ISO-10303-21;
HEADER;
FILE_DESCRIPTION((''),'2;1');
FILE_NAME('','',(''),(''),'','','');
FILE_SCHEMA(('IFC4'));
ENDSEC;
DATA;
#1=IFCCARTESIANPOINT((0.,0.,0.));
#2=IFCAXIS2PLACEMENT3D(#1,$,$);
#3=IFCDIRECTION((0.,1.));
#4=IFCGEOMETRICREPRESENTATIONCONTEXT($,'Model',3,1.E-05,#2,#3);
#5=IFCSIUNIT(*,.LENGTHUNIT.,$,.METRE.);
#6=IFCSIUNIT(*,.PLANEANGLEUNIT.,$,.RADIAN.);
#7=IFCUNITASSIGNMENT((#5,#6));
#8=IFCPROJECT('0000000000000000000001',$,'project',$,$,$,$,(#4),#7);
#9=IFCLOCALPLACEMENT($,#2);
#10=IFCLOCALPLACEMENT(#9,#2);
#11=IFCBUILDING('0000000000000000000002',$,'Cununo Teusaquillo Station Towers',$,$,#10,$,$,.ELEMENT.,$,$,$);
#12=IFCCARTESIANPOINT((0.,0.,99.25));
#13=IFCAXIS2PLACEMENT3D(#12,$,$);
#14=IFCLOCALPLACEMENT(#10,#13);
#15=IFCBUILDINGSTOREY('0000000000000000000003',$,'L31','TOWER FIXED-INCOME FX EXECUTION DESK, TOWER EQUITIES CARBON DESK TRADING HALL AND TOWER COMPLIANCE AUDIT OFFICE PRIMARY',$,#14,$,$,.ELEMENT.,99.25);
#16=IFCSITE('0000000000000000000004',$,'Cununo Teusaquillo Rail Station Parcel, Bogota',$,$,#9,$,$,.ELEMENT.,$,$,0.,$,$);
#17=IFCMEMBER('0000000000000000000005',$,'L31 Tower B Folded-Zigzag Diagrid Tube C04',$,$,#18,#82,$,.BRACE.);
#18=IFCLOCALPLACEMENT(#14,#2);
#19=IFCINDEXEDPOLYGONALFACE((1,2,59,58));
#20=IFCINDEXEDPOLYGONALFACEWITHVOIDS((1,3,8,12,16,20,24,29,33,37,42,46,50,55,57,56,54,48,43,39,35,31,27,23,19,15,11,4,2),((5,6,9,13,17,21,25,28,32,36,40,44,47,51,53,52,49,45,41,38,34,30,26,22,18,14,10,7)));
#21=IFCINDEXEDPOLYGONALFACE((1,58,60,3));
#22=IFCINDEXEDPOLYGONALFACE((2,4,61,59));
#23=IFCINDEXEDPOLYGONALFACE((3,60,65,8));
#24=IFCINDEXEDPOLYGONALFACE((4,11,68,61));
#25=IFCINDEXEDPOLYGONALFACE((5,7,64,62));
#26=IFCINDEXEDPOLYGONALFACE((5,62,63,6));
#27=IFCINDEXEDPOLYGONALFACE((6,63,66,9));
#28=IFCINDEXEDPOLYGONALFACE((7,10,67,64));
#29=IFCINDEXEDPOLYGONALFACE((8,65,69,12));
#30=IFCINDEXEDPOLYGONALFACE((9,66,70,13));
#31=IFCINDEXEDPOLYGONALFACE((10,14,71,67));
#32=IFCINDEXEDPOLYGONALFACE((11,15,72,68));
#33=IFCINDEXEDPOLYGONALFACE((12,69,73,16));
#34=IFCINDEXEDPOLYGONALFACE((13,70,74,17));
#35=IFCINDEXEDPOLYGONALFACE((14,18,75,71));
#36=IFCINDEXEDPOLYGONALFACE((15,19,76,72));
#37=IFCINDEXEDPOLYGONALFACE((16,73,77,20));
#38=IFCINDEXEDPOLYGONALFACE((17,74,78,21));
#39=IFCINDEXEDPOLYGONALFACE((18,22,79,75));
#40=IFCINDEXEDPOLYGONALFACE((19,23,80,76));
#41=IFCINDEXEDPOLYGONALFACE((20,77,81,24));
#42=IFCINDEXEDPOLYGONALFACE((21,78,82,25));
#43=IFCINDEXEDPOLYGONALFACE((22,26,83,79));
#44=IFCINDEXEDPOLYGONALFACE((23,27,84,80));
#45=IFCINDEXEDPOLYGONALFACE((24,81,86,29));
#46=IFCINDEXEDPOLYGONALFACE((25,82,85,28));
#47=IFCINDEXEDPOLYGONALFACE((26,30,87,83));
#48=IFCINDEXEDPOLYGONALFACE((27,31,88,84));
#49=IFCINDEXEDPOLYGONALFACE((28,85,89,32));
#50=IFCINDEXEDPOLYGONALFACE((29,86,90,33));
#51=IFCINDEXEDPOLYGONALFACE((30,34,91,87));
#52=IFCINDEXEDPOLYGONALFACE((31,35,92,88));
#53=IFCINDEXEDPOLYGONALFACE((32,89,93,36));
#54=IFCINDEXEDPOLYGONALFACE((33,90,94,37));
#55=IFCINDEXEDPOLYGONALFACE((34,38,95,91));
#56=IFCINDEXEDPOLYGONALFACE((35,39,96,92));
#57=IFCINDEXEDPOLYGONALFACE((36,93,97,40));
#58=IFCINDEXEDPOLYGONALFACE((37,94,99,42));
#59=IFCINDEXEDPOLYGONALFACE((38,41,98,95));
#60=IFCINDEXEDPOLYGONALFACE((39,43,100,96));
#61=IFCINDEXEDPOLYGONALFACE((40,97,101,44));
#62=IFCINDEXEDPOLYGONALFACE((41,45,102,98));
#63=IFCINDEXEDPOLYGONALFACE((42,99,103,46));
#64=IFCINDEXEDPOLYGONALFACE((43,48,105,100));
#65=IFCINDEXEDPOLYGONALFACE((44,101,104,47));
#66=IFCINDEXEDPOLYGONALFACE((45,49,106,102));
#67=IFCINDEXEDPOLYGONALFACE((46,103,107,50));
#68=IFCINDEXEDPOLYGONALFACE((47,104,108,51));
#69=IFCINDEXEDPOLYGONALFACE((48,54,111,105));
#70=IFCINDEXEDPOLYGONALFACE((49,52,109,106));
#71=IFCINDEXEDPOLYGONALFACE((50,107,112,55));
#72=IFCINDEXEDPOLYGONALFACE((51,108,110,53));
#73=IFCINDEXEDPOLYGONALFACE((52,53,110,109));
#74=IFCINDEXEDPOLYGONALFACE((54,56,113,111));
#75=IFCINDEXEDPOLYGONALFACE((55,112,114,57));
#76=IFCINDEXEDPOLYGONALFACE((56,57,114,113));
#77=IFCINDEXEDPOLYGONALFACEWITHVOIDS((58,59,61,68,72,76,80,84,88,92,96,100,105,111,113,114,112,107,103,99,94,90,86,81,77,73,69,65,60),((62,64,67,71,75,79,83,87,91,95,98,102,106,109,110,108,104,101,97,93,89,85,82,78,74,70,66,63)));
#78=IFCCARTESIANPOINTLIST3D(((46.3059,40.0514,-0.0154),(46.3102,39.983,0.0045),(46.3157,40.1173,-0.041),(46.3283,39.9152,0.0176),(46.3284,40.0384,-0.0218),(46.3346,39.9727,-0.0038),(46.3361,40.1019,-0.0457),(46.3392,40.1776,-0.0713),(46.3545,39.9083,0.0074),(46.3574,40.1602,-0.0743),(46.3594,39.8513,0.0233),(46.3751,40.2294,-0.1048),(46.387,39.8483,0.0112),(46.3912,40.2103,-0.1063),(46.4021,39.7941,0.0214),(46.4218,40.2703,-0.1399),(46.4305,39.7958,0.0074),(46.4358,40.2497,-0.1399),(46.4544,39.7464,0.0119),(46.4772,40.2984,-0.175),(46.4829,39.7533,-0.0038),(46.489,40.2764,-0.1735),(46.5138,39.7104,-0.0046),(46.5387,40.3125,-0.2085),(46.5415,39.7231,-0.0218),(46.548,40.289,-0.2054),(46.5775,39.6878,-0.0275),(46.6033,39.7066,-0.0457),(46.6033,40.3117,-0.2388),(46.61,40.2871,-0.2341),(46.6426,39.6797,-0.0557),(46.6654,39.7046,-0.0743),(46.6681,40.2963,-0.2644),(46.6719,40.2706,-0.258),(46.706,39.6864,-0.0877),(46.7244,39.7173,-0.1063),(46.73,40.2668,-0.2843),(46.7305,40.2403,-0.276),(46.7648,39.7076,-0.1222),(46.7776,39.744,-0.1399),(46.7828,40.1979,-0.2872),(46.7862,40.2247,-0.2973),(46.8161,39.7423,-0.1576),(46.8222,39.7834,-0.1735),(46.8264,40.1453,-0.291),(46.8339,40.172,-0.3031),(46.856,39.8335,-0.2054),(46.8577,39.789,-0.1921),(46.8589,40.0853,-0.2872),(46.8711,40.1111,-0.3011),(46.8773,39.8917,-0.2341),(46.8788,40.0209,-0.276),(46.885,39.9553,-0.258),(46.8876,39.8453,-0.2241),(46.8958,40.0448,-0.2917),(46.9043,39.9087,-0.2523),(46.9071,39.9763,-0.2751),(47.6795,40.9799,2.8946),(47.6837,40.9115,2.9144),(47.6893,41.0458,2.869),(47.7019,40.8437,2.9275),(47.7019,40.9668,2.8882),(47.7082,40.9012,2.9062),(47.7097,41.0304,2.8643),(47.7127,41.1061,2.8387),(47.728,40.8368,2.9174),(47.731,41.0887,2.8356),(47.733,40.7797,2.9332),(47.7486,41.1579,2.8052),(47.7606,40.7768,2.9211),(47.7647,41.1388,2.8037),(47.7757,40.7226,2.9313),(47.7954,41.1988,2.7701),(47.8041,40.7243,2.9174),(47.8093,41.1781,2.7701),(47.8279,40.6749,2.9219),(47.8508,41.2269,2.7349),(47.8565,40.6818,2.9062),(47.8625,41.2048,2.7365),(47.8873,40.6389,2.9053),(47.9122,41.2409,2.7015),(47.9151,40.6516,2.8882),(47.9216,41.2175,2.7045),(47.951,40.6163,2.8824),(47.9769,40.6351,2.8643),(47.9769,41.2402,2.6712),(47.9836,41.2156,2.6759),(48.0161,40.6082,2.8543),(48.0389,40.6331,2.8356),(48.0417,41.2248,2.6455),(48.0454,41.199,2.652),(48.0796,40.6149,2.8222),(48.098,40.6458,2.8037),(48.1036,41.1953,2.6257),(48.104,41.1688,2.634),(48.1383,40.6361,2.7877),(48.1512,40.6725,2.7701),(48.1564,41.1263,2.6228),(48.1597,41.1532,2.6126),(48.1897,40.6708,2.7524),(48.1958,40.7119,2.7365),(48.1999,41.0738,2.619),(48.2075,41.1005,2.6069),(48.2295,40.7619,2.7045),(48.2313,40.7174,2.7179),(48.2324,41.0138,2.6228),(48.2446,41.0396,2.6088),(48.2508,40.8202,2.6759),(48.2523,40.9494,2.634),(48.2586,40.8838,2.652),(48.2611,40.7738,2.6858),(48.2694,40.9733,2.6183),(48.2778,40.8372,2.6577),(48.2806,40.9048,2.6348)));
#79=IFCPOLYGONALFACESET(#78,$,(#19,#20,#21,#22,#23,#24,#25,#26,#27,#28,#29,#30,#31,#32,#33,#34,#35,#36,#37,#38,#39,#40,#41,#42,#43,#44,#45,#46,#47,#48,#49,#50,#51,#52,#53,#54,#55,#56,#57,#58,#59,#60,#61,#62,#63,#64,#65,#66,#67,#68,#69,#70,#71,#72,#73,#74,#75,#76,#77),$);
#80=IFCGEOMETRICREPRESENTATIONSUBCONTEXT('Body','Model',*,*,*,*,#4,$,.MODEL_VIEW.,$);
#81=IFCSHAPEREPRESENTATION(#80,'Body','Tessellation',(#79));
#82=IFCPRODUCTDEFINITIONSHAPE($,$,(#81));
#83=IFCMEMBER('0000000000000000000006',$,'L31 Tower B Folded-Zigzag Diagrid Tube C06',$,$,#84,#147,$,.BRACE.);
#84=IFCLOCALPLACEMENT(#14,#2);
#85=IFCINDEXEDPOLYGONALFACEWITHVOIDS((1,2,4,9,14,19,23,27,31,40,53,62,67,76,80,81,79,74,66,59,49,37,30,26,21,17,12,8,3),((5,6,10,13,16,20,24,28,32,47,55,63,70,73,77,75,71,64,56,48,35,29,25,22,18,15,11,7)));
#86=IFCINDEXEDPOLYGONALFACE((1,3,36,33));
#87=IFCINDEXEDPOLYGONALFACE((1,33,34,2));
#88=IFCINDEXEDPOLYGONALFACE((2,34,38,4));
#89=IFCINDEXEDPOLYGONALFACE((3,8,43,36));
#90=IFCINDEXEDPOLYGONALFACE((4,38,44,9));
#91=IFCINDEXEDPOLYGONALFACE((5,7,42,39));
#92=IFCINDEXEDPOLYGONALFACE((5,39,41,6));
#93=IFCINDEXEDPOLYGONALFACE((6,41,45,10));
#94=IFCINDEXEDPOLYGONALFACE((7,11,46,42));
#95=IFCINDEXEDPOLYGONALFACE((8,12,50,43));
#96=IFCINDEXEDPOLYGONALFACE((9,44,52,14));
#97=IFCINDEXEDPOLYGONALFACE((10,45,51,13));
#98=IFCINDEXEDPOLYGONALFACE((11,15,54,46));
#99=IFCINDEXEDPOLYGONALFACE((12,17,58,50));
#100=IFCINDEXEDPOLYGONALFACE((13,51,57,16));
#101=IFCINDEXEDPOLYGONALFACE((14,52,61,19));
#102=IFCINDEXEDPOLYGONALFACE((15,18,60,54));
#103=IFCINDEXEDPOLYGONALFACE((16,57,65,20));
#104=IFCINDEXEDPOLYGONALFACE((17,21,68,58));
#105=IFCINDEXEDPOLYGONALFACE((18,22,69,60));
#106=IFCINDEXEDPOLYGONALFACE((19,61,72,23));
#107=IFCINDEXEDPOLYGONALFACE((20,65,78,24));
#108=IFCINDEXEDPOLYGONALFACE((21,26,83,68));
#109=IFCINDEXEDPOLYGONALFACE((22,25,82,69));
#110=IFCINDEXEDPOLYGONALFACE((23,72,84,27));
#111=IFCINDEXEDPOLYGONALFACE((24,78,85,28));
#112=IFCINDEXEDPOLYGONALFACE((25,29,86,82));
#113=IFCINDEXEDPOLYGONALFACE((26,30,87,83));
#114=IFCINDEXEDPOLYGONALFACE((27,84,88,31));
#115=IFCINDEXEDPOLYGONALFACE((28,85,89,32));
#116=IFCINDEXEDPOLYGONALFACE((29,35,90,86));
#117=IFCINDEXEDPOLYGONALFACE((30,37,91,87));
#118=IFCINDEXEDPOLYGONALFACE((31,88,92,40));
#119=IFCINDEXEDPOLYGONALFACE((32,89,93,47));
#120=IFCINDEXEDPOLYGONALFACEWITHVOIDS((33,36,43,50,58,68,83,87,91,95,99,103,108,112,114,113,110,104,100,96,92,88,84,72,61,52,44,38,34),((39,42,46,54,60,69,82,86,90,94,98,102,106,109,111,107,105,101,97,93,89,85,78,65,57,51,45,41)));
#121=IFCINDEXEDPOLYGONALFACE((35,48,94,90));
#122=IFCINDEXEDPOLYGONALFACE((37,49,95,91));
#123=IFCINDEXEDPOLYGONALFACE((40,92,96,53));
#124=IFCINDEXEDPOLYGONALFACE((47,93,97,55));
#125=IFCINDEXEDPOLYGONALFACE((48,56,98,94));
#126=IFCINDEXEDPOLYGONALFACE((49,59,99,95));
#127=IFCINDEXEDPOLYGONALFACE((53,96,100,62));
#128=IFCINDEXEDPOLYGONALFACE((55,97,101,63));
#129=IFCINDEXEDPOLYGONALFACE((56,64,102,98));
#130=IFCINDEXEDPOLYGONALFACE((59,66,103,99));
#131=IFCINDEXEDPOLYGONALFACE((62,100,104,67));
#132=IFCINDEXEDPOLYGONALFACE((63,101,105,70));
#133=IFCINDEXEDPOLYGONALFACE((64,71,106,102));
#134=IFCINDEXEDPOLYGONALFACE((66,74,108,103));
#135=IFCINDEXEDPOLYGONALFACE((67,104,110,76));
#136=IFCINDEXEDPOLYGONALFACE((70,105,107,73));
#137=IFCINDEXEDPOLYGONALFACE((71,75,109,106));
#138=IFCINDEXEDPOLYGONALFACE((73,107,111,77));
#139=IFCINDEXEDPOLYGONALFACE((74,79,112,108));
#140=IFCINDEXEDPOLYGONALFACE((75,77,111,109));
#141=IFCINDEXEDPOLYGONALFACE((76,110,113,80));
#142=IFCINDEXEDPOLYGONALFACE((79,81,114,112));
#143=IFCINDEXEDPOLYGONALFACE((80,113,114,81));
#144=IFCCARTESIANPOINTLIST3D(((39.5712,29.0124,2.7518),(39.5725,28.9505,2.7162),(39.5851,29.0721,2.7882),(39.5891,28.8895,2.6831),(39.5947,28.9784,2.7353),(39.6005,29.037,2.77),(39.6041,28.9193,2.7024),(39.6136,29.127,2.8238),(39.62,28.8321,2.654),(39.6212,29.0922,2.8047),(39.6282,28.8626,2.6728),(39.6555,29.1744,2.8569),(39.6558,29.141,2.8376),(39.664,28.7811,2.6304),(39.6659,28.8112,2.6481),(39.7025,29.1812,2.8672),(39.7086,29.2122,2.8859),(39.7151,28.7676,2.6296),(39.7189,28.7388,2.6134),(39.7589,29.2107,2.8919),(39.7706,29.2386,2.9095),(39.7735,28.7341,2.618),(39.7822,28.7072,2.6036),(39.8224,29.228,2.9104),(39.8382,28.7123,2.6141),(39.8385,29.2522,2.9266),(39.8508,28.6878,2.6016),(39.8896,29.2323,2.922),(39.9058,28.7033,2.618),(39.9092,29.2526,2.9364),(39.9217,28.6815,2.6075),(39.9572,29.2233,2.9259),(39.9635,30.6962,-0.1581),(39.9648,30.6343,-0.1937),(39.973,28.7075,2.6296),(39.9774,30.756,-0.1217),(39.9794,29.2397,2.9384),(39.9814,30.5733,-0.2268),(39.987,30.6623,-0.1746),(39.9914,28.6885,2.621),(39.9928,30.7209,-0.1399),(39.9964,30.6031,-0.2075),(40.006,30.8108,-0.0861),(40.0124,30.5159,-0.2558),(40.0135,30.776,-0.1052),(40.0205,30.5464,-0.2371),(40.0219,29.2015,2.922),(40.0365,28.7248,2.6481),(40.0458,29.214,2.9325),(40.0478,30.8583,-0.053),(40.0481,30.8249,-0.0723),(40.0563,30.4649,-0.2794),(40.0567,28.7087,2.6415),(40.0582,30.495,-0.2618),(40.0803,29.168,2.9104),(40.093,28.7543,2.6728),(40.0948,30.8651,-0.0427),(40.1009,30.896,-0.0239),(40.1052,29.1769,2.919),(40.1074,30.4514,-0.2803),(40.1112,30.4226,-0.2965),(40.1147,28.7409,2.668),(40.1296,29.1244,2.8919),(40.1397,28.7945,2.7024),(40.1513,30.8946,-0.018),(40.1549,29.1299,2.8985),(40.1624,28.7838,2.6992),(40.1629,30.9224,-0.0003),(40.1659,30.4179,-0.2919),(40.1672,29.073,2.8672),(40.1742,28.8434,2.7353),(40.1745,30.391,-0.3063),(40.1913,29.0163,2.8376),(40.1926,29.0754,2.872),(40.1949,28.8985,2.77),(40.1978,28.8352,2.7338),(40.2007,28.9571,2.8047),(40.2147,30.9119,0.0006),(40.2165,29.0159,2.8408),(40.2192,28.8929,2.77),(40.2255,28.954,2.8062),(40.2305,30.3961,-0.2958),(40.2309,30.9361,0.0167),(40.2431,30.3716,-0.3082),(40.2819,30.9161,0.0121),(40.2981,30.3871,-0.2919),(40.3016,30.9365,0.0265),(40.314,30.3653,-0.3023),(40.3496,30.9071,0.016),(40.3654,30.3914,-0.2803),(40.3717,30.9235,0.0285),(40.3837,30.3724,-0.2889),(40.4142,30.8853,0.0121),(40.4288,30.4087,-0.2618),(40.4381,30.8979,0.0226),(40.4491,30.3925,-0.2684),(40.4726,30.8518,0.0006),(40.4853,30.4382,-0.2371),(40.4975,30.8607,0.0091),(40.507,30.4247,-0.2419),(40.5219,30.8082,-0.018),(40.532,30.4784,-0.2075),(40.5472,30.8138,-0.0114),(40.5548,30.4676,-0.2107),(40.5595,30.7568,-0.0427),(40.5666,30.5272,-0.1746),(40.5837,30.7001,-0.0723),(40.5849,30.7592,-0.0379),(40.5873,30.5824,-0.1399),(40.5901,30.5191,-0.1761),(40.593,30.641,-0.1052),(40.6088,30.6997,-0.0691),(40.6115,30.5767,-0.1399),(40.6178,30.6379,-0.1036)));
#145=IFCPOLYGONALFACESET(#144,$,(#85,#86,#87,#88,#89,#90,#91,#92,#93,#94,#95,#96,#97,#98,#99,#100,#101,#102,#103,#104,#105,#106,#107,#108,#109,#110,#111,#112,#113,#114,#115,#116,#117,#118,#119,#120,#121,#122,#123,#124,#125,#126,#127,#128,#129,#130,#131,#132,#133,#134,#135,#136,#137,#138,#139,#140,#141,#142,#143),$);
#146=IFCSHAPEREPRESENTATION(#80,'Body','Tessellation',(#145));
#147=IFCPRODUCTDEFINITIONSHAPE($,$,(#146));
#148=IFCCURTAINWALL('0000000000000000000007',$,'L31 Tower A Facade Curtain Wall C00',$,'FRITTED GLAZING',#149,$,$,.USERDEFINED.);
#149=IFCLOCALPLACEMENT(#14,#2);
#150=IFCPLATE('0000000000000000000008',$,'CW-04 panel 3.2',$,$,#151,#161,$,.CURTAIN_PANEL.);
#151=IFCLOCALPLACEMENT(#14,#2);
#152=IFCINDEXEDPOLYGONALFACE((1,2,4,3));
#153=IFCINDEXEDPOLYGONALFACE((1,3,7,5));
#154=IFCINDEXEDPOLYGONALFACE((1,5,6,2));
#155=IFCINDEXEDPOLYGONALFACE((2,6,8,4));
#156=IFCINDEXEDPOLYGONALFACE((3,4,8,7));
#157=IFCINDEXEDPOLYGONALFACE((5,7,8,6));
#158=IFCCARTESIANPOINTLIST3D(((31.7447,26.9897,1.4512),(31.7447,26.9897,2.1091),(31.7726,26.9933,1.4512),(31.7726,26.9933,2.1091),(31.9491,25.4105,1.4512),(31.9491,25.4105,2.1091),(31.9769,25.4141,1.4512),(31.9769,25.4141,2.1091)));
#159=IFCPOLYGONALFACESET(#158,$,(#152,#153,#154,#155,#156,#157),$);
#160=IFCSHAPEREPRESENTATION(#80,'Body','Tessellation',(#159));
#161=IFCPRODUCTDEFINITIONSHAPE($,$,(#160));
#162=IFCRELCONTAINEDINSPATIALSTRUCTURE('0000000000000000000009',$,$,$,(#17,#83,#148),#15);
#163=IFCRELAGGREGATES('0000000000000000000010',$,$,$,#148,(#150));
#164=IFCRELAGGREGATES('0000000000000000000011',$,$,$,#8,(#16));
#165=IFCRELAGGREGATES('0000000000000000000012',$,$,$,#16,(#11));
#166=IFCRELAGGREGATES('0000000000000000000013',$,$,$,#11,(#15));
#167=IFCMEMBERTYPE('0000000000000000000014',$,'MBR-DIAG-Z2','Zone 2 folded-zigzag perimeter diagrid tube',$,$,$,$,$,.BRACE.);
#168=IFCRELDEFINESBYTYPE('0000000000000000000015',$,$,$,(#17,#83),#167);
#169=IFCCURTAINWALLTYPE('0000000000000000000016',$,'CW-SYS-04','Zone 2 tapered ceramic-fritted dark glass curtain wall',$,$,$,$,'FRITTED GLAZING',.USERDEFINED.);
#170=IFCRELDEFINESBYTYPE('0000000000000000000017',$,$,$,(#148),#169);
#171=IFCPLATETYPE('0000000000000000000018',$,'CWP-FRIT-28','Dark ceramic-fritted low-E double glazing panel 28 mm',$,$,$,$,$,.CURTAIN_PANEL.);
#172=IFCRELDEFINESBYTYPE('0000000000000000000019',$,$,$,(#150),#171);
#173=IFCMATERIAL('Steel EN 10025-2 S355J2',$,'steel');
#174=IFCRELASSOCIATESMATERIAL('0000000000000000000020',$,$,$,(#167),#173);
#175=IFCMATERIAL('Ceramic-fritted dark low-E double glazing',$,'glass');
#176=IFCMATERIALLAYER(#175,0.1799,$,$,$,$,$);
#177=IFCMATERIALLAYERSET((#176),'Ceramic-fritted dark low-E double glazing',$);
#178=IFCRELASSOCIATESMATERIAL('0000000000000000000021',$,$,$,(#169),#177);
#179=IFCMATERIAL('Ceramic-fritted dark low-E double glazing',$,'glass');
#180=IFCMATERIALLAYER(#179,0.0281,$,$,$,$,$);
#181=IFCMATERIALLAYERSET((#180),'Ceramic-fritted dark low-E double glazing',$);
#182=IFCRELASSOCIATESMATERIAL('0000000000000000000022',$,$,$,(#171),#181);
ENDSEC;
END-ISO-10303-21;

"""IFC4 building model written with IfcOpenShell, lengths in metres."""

from ifc_helpers import new_model, si_unit, direction, frame, origin, origin_2d, place, context, subcontext, project, spatial, rectangle, hollow_circle, extrude, source, transform, mapped, material, layer, layer_set, material_profile, profile_set, type_object, element, aggregate, save


model = new_model("IFC4")

# Units and contexts
model_context = context("Model", 3, precision=1e-05, world=origin(), true_north=direction((0.0, 1.0)))
body_context = subcontext(model_context, "Body", "Model", "MODEL_VIEW")
ifc_project = project(units=[si_unit("LENGTHUNIT", "METRE"), si_unit("PLANEANGLEUNIT", "RADIAN")], contexts=[model_context])

# Site, building, storey
site_placement = place(None, origin())
site = spatial("IfcSite", under=ifc_project, at=site_placement, Name="Cununo Teusaquillo Rail Station Parcel, Bogota", CompositionType="ELEMENT", RefElevation=0.0)
building_placement = place(site_placement, origin())
building = spatial("IfcBuilding", under=site, at=building_placement, Name="Cununo Teusaquillo Station Towers", CompositionType="ELEMENT")
storey_placement = place(building_placement, frame((0.0, 0.0, 99.25)))
storey = spatial("IfcBuildingStorey", under=building, at=storey_placement, Name="L31", Description="TOWER FIXED-INCOME FX EXECUTION DESK, TOWER EQUITIES CARBON DESK TRADING HALL AND TOWER COMPLIANCE AUDIT OFFICE PRIMARY", CompositionType="ELEMENT", Elevation=99.25)

# Members
ifc_material_1 = material(Name="Steel EN 10025-2 S355J2", Category="steel")
ifc_material_profile_1 = material_profile(ifc_material_1, hollow_circle(Radius=0.3301, WallThickness=0.0249, at=origin_2d()), Name="CHS 660x25")
ifc_profile_set_1 = profile_set([ifc_material_profile_1], Name="Steel EN 10025-2 S355J2")
member_type = type_object("IfcMemberType", Name="MBR-DIAG-Z2", Description="Zone 2 folded-zigzag perimeter diagrid tube", PredefinedType="BRACE", material=ifc_profile_set_1)
member_1_placement = place(storey_placement, frame((46.6067, 39.9968, -0.1399), z_axis=(0.410125, 0.277232, 0.868873), x_axis=(-0.560024, 0.828476, 0.0)))
element("IfcMember", 1, at=member_1_placement, inside=storey, type_object=member_type, Name="L31 Tower B Folded-Zigzag Diagrid Tube C04", PredefinedType="BRACE", context=body_context, shape_type="SweptSolid", body=[
    extrude(hollow_circle(Radius=0.3301, WallThickness=0.0249, at=origin_2d()), origin(), (0.0, 0.0, 1.0), 3.3491),
])
member_2_placement = place(storey_placement, frame((40.29, 30.6516, -0.1399), z_axis=(-0.115911, -0.497471, 0.859702), x_axis=(0.973913, -0.226922, 0.0)))
element("IfcMember", 2, at=member_2_placement, inside=storey, type_object=member_type, Name="L31 Tower B Folded-Zigzag Diagrid Tube C06", PredefinedType="BRACE", context=body_context, shape_type="SweptSolid", body=[
    extrude(hollow_circle(Radius=0.3301, WallThickness=0.0249, at=origin_2d()), origin(), (0.0, 0.0, 1.0), 3.3848),
])

# Curtain wall, plate
ifc_material_2 = material(Name="Ceramic-fritted dark low-E double glazing", Category="glass")
ifc_layer_1 = layer(ifc_material_2, 0.1799)
ifc_layer_set_1 = layer_set([ifc_layer_1], Name="Ceramic-fritted dark low-E double glazing")
curtain_wall_type = type_object("IfcCurtainWallType", Name="CW-SYS-04", Description="Zone 2 tapered ceramic-fritted dark glass curtain wall", ElementType="FRITTED GLAZING", PredefinedType="USERDEFINED", material=ifc_layer_set_1)
curtain_wall_placement = place(storey_placement, origin())
curtain_wall = element("IfcCurtainWall", 3, at=curtain_wall_placement, inside=storey, type_object=curtain_wall_type, Name="L31 Tower A Facade Curtain Wall C00", ObjectType="FRITTED GLAZING", PredefinedType="USERDEFINED")
ifc_material_3 = material(Name="Ceramic-fritted dark low-E double glazing", Category="glass")
ifc_layer_2 = layer(ifc_material_3, 0.0281)
ifc_layer_set_2 = layer_set([ifc_layer_2], Name="Ceramic-fritted dark low-E double glazing")
plate_type = type_object("IfcPlateType", Name="CWP-FRIT-28", Description="Dark ceramic-fritted low-E double glazing panel 28 mm", PredefinedType="CURTAIN_PANEL", material=ifc_layer_set_2)
shared_shape_1 = source(origin(), body_context, "Body", "SweptSolid", [
    extrude(rectangle(XDim=1.5923, YDim=0.0281, at=origin_2d()), origin(), (0.0, 0.0, 1.0), 0.658),
])
plate_placement = place(storey_placement, frame((31.8608, 26.2019, 1.4512), z_axis=(0.0, 0.0, 1.0), x_axis=(0.128336, -0.991731, 0.0)))
plate = element("IfcPlate", 4, at=plate_placement, type_object=plate_type, Name="CW-04 panel 3.2", PredefinedType="CURTAIN_PANEL", context=body_context, shape_type="MappedRepresentation", body=[
    mapped(shared_shape_1, transform((0.0, 0.0, 0.0), x_axis=(1.0, 0.0, 0.0), y_axis=(0.0, 1.0, 0.0), z_axis=(0.0, 0.0, 1.0), scale=1.0)),
])
aggregate(curtain_wall, [plate])

save(model, "model.ifc")
